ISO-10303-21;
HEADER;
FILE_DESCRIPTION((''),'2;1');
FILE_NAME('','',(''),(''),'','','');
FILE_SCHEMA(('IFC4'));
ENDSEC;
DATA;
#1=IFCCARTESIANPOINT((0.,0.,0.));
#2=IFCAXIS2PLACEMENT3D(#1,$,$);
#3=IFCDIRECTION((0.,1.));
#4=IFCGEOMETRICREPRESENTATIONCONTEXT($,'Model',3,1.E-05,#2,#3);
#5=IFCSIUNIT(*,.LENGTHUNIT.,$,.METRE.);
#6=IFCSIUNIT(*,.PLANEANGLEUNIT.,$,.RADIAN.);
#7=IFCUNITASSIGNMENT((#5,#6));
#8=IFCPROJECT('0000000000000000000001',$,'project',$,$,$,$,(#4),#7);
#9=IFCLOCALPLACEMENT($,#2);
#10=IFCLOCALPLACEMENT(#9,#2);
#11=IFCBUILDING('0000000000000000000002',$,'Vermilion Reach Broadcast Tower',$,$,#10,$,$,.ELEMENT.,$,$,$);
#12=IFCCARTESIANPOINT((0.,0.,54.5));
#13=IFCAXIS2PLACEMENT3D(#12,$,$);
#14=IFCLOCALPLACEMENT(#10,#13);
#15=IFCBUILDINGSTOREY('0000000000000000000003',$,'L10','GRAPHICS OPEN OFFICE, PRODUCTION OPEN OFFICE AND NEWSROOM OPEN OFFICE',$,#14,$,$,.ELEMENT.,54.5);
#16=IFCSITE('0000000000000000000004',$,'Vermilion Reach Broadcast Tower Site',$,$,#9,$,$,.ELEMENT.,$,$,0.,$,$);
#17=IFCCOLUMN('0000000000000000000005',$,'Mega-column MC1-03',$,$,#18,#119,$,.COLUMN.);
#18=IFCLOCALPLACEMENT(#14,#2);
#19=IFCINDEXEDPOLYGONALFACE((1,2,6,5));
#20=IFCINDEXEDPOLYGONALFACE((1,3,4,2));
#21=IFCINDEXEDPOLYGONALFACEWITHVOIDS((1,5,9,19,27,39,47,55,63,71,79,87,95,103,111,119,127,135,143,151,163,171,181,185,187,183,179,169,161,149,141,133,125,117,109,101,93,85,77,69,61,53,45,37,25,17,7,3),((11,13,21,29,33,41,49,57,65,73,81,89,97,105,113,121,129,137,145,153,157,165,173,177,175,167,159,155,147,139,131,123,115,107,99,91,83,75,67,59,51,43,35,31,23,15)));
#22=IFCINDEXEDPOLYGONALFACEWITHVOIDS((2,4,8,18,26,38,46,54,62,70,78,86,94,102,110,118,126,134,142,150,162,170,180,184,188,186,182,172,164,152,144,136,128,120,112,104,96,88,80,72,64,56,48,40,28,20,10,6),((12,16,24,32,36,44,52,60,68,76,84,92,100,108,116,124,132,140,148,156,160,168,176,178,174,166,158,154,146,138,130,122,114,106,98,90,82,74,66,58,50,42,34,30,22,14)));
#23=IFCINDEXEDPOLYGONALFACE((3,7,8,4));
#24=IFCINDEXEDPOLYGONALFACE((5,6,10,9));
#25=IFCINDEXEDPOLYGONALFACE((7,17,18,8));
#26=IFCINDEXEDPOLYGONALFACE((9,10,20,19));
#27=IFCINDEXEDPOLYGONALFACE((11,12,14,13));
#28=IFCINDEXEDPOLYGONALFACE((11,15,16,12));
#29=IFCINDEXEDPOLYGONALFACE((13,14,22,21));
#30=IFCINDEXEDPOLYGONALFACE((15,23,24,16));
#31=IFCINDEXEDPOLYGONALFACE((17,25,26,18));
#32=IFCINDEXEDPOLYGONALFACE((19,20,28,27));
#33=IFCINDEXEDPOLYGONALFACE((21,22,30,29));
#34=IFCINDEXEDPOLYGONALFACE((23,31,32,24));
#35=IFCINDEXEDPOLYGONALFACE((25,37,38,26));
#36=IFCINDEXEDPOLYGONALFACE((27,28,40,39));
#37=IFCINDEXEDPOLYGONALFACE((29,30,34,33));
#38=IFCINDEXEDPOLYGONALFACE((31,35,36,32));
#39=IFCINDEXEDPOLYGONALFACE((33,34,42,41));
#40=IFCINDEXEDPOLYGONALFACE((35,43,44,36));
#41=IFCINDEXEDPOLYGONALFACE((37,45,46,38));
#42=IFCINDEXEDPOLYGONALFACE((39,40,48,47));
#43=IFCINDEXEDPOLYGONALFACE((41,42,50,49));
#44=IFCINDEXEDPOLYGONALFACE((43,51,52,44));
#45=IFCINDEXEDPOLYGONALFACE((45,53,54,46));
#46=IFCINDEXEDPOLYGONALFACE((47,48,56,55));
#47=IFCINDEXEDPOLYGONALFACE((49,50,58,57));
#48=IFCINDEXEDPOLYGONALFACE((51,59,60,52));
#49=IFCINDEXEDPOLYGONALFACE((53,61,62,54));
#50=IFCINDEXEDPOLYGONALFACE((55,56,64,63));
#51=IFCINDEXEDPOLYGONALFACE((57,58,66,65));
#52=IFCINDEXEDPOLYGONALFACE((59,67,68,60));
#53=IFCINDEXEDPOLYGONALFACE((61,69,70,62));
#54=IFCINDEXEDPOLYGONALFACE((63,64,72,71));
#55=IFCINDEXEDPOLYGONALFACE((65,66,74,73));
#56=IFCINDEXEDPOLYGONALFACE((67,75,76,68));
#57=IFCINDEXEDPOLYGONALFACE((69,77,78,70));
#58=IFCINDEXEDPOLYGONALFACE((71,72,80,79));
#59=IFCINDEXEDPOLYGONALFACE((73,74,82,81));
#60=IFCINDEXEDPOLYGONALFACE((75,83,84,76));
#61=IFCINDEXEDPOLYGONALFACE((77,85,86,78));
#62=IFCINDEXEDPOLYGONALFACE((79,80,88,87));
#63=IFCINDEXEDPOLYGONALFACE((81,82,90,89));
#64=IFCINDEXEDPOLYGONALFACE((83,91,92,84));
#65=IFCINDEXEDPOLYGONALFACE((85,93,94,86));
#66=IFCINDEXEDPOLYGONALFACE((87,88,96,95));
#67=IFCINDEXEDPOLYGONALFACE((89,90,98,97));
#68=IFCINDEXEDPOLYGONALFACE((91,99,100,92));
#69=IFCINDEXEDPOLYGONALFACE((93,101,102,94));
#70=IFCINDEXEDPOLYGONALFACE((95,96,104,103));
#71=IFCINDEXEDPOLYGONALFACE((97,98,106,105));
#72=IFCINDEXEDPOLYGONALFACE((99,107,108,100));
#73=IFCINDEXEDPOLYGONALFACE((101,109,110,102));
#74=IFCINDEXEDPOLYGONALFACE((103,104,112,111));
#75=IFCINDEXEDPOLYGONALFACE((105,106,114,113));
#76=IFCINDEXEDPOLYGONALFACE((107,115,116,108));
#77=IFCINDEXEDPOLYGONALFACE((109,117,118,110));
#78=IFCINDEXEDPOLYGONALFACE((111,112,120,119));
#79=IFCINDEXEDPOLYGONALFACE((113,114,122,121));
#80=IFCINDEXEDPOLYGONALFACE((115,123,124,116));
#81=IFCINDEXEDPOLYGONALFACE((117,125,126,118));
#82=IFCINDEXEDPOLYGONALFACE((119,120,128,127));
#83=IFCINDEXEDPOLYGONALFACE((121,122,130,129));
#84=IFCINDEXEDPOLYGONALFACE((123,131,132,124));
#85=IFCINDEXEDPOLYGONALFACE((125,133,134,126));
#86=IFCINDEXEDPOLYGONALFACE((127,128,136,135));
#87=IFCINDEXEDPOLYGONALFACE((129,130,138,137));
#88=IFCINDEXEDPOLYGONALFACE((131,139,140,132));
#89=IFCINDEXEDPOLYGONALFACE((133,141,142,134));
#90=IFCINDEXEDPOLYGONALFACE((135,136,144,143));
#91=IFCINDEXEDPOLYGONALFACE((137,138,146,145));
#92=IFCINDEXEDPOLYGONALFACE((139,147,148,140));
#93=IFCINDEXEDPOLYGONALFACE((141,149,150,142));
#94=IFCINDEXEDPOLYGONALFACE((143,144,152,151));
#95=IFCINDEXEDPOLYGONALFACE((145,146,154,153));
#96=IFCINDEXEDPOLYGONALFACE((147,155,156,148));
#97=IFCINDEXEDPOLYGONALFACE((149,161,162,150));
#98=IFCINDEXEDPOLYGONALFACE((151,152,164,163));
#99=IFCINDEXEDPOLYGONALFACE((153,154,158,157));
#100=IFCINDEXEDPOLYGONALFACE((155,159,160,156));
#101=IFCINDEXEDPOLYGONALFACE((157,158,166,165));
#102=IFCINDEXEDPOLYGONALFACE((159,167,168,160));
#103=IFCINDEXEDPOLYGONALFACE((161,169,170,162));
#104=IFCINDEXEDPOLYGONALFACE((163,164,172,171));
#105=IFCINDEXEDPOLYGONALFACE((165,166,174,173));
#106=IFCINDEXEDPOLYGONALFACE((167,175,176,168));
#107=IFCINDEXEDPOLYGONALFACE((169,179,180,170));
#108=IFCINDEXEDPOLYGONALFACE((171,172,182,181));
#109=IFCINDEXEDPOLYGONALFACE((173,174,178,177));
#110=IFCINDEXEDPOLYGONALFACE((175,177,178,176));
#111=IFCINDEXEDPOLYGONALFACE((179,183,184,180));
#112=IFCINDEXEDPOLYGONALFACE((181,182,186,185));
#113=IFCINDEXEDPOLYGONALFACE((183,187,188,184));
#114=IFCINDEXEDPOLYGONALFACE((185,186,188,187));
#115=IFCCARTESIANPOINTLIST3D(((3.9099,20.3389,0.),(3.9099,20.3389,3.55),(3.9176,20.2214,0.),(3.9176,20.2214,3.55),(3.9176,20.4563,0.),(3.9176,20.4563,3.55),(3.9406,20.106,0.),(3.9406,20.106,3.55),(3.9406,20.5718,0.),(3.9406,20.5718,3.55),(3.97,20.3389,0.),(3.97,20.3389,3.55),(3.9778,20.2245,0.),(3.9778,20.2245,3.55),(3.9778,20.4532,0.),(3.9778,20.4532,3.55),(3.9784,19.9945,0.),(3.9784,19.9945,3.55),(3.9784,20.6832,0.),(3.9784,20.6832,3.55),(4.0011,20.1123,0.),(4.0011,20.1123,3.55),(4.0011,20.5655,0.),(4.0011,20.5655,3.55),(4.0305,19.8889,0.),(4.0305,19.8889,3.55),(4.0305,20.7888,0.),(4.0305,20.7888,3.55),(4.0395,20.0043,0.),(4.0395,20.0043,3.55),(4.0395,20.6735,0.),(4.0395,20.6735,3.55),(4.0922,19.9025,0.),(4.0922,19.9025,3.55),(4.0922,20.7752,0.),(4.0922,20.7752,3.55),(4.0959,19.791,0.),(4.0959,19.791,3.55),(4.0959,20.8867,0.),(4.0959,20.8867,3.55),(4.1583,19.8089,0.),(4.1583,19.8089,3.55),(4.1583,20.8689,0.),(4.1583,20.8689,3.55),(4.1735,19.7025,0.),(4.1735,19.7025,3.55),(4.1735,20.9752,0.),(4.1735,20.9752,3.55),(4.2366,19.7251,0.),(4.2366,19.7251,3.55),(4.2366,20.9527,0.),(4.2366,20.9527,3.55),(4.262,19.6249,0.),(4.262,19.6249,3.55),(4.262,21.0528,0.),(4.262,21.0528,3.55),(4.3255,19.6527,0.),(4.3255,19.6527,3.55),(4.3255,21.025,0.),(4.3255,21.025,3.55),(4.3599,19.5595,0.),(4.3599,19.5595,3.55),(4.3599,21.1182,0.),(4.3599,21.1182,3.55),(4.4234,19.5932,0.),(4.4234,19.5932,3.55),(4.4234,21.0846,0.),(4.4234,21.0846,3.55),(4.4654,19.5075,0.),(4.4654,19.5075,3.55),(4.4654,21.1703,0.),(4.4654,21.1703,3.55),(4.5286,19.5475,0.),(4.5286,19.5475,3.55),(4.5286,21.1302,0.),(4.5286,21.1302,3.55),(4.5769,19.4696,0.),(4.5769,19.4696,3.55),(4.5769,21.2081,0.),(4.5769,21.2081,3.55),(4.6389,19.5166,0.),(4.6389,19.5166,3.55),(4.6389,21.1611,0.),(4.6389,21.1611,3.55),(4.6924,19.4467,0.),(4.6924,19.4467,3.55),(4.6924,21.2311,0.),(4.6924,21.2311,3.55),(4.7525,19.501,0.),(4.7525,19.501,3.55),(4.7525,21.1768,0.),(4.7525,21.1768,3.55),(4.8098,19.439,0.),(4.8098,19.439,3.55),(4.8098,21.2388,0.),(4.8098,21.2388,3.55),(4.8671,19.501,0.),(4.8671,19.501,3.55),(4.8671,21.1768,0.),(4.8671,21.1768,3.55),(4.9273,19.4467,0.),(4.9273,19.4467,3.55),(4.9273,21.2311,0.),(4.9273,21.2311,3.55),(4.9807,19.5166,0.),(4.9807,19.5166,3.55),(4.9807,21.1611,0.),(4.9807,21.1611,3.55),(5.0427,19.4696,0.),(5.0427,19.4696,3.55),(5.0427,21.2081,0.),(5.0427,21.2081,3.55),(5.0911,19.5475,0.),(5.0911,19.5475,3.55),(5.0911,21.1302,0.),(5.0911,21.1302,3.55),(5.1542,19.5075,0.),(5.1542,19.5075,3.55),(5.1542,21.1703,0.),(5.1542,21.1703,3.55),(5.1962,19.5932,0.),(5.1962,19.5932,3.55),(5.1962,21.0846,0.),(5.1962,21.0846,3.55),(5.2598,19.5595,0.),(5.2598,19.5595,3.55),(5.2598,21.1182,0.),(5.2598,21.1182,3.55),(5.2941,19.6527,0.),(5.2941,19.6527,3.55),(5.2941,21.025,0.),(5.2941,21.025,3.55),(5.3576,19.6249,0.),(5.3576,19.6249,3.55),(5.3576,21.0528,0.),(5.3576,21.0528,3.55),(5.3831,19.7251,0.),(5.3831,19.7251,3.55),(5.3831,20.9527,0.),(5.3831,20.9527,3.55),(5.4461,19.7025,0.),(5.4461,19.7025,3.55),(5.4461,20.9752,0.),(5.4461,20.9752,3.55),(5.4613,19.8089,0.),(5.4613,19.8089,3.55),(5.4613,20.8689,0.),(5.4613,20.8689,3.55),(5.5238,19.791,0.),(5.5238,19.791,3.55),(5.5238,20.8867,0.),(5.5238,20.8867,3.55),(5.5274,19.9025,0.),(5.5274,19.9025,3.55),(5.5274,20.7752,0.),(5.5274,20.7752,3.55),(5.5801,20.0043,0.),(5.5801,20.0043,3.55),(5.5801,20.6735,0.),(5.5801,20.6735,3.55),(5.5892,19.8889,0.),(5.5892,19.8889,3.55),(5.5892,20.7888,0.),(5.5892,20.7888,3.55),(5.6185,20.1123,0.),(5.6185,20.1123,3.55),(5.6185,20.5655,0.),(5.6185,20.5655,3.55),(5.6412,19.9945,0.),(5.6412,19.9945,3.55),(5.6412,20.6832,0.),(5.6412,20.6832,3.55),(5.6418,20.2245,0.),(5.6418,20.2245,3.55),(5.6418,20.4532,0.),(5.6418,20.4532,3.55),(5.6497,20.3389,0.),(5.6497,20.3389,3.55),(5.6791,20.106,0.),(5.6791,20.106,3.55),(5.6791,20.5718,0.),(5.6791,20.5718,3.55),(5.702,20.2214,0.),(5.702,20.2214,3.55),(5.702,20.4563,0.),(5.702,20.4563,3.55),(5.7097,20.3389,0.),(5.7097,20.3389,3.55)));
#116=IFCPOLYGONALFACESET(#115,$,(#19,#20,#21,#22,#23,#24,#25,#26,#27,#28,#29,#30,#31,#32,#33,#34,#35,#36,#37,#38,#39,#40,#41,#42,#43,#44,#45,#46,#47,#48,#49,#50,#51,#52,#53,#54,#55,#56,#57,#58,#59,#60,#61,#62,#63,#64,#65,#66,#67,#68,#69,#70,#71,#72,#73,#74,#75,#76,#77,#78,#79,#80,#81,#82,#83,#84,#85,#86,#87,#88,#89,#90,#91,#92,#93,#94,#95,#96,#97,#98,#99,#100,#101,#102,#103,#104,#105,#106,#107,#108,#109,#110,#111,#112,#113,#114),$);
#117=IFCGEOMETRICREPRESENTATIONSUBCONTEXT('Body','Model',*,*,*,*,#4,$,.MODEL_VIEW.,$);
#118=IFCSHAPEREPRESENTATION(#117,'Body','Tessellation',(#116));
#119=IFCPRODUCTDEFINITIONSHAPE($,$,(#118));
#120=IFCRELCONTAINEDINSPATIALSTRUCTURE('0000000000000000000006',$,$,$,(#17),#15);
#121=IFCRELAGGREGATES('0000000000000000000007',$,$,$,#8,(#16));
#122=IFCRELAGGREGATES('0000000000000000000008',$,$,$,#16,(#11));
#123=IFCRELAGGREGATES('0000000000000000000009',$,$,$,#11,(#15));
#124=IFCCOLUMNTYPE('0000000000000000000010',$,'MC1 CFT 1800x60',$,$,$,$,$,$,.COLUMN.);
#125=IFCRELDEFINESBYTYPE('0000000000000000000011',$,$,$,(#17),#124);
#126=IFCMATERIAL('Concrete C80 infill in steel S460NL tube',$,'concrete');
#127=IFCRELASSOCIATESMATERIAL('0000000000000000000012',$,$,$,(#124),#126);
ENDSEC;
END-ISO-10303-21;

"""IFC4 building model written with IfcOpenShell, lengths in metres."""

from ifc_helpers import new_model, si_unit, direction, frame, origin, origin_2d, place, context, subcontext, project, spatial, hollow_circle, extrude, material, material_profile, profile_set, type_object, element, save


model = new_model("IFC4")

# Units and contexts
model_context = context("Model", 3, precision=1e-05, world=origin(), true_north=direction((0.0, 1.0)))
body_context = subcontext(model_context, "Body", "Model", "MODEL_VIEW")
ifc_project = project(units=[si_unit("LENGTHUNIT", "METRE"), si_unit("PLANEANGLEUNIT", "RADIAN")], contexts=[model_context])

# Site, building, storey
site_placement = place(None, origin())
site = spatial("IfcSite", under=ifc_project, at=site_placement, Name="Vermilion Reach Broadcast Tower Site", CompositionType="ELEMENT", RefElevation=0.0)
building_placement = place(site_placement, origin())
building = spatial("IfcBuilding", under=site, at=building_placement, Name="Vermilion Reach Broadcast Tower", CompositionType="ELEMENT")
storey_placement = place(building_placement, frame((0.0, 0.0, 54.5)))
storey = spatial("IfcBuildingStorey", under=building, at=storey_placement, Name="L10", Description="GRAPHICS OPEN OFFICE, PRODUCTION OPEN OFFICE AND NEWSROOM OPEN OFFICE", CompositionType="ELEMENT", Elevation=54.5)

# Column
ifc_material_1 = material(Name="Concrete C80 infill in steel S460NL tube", Category="concrete")
ifc_material_profile_1 = material_profile(ifc_material_1, hollow_circle(Radius=0.8999, WallThickness=0.0601, at=origin_2d()), Name="Concrete C80 infill in steel S460NL tube CFT 1800x60")
ifc_profile_set_1 = profile_set([ifc_material_profile_1], Name="Concrete C80 infill in steel S460NL tube")
column_type = type_object("IfcColumnType", Name="MC1 CFT 1800x60", PredefinedType="COLUMN", material=ifc_profile_set_1)
for number, where, z_axis, x_axis, name in (
    (1, (4.8098, 20.3389, 0.0), (0.0, 0.0, 1.0), (1.0, 0.0, 0.0), "Mega-column MC1-03"),
):
    element("IfcColumn", number, at=place(storey_placement, frame(where, z_axis=z_axis, x_axis=x_axis)), inside=storey, type_object=column_type, Name=name, PredefinedType="COLUMN", context=body_context, shape_type="SweptSolid", body=[
        extrude(hollow_circle(Radius=0.8999, WallThickness=0.0601, at=origin_2d()), origin(), (0.0, 0.0, 1.0), 3.55),
    ])

save(model, "model.ifc")
